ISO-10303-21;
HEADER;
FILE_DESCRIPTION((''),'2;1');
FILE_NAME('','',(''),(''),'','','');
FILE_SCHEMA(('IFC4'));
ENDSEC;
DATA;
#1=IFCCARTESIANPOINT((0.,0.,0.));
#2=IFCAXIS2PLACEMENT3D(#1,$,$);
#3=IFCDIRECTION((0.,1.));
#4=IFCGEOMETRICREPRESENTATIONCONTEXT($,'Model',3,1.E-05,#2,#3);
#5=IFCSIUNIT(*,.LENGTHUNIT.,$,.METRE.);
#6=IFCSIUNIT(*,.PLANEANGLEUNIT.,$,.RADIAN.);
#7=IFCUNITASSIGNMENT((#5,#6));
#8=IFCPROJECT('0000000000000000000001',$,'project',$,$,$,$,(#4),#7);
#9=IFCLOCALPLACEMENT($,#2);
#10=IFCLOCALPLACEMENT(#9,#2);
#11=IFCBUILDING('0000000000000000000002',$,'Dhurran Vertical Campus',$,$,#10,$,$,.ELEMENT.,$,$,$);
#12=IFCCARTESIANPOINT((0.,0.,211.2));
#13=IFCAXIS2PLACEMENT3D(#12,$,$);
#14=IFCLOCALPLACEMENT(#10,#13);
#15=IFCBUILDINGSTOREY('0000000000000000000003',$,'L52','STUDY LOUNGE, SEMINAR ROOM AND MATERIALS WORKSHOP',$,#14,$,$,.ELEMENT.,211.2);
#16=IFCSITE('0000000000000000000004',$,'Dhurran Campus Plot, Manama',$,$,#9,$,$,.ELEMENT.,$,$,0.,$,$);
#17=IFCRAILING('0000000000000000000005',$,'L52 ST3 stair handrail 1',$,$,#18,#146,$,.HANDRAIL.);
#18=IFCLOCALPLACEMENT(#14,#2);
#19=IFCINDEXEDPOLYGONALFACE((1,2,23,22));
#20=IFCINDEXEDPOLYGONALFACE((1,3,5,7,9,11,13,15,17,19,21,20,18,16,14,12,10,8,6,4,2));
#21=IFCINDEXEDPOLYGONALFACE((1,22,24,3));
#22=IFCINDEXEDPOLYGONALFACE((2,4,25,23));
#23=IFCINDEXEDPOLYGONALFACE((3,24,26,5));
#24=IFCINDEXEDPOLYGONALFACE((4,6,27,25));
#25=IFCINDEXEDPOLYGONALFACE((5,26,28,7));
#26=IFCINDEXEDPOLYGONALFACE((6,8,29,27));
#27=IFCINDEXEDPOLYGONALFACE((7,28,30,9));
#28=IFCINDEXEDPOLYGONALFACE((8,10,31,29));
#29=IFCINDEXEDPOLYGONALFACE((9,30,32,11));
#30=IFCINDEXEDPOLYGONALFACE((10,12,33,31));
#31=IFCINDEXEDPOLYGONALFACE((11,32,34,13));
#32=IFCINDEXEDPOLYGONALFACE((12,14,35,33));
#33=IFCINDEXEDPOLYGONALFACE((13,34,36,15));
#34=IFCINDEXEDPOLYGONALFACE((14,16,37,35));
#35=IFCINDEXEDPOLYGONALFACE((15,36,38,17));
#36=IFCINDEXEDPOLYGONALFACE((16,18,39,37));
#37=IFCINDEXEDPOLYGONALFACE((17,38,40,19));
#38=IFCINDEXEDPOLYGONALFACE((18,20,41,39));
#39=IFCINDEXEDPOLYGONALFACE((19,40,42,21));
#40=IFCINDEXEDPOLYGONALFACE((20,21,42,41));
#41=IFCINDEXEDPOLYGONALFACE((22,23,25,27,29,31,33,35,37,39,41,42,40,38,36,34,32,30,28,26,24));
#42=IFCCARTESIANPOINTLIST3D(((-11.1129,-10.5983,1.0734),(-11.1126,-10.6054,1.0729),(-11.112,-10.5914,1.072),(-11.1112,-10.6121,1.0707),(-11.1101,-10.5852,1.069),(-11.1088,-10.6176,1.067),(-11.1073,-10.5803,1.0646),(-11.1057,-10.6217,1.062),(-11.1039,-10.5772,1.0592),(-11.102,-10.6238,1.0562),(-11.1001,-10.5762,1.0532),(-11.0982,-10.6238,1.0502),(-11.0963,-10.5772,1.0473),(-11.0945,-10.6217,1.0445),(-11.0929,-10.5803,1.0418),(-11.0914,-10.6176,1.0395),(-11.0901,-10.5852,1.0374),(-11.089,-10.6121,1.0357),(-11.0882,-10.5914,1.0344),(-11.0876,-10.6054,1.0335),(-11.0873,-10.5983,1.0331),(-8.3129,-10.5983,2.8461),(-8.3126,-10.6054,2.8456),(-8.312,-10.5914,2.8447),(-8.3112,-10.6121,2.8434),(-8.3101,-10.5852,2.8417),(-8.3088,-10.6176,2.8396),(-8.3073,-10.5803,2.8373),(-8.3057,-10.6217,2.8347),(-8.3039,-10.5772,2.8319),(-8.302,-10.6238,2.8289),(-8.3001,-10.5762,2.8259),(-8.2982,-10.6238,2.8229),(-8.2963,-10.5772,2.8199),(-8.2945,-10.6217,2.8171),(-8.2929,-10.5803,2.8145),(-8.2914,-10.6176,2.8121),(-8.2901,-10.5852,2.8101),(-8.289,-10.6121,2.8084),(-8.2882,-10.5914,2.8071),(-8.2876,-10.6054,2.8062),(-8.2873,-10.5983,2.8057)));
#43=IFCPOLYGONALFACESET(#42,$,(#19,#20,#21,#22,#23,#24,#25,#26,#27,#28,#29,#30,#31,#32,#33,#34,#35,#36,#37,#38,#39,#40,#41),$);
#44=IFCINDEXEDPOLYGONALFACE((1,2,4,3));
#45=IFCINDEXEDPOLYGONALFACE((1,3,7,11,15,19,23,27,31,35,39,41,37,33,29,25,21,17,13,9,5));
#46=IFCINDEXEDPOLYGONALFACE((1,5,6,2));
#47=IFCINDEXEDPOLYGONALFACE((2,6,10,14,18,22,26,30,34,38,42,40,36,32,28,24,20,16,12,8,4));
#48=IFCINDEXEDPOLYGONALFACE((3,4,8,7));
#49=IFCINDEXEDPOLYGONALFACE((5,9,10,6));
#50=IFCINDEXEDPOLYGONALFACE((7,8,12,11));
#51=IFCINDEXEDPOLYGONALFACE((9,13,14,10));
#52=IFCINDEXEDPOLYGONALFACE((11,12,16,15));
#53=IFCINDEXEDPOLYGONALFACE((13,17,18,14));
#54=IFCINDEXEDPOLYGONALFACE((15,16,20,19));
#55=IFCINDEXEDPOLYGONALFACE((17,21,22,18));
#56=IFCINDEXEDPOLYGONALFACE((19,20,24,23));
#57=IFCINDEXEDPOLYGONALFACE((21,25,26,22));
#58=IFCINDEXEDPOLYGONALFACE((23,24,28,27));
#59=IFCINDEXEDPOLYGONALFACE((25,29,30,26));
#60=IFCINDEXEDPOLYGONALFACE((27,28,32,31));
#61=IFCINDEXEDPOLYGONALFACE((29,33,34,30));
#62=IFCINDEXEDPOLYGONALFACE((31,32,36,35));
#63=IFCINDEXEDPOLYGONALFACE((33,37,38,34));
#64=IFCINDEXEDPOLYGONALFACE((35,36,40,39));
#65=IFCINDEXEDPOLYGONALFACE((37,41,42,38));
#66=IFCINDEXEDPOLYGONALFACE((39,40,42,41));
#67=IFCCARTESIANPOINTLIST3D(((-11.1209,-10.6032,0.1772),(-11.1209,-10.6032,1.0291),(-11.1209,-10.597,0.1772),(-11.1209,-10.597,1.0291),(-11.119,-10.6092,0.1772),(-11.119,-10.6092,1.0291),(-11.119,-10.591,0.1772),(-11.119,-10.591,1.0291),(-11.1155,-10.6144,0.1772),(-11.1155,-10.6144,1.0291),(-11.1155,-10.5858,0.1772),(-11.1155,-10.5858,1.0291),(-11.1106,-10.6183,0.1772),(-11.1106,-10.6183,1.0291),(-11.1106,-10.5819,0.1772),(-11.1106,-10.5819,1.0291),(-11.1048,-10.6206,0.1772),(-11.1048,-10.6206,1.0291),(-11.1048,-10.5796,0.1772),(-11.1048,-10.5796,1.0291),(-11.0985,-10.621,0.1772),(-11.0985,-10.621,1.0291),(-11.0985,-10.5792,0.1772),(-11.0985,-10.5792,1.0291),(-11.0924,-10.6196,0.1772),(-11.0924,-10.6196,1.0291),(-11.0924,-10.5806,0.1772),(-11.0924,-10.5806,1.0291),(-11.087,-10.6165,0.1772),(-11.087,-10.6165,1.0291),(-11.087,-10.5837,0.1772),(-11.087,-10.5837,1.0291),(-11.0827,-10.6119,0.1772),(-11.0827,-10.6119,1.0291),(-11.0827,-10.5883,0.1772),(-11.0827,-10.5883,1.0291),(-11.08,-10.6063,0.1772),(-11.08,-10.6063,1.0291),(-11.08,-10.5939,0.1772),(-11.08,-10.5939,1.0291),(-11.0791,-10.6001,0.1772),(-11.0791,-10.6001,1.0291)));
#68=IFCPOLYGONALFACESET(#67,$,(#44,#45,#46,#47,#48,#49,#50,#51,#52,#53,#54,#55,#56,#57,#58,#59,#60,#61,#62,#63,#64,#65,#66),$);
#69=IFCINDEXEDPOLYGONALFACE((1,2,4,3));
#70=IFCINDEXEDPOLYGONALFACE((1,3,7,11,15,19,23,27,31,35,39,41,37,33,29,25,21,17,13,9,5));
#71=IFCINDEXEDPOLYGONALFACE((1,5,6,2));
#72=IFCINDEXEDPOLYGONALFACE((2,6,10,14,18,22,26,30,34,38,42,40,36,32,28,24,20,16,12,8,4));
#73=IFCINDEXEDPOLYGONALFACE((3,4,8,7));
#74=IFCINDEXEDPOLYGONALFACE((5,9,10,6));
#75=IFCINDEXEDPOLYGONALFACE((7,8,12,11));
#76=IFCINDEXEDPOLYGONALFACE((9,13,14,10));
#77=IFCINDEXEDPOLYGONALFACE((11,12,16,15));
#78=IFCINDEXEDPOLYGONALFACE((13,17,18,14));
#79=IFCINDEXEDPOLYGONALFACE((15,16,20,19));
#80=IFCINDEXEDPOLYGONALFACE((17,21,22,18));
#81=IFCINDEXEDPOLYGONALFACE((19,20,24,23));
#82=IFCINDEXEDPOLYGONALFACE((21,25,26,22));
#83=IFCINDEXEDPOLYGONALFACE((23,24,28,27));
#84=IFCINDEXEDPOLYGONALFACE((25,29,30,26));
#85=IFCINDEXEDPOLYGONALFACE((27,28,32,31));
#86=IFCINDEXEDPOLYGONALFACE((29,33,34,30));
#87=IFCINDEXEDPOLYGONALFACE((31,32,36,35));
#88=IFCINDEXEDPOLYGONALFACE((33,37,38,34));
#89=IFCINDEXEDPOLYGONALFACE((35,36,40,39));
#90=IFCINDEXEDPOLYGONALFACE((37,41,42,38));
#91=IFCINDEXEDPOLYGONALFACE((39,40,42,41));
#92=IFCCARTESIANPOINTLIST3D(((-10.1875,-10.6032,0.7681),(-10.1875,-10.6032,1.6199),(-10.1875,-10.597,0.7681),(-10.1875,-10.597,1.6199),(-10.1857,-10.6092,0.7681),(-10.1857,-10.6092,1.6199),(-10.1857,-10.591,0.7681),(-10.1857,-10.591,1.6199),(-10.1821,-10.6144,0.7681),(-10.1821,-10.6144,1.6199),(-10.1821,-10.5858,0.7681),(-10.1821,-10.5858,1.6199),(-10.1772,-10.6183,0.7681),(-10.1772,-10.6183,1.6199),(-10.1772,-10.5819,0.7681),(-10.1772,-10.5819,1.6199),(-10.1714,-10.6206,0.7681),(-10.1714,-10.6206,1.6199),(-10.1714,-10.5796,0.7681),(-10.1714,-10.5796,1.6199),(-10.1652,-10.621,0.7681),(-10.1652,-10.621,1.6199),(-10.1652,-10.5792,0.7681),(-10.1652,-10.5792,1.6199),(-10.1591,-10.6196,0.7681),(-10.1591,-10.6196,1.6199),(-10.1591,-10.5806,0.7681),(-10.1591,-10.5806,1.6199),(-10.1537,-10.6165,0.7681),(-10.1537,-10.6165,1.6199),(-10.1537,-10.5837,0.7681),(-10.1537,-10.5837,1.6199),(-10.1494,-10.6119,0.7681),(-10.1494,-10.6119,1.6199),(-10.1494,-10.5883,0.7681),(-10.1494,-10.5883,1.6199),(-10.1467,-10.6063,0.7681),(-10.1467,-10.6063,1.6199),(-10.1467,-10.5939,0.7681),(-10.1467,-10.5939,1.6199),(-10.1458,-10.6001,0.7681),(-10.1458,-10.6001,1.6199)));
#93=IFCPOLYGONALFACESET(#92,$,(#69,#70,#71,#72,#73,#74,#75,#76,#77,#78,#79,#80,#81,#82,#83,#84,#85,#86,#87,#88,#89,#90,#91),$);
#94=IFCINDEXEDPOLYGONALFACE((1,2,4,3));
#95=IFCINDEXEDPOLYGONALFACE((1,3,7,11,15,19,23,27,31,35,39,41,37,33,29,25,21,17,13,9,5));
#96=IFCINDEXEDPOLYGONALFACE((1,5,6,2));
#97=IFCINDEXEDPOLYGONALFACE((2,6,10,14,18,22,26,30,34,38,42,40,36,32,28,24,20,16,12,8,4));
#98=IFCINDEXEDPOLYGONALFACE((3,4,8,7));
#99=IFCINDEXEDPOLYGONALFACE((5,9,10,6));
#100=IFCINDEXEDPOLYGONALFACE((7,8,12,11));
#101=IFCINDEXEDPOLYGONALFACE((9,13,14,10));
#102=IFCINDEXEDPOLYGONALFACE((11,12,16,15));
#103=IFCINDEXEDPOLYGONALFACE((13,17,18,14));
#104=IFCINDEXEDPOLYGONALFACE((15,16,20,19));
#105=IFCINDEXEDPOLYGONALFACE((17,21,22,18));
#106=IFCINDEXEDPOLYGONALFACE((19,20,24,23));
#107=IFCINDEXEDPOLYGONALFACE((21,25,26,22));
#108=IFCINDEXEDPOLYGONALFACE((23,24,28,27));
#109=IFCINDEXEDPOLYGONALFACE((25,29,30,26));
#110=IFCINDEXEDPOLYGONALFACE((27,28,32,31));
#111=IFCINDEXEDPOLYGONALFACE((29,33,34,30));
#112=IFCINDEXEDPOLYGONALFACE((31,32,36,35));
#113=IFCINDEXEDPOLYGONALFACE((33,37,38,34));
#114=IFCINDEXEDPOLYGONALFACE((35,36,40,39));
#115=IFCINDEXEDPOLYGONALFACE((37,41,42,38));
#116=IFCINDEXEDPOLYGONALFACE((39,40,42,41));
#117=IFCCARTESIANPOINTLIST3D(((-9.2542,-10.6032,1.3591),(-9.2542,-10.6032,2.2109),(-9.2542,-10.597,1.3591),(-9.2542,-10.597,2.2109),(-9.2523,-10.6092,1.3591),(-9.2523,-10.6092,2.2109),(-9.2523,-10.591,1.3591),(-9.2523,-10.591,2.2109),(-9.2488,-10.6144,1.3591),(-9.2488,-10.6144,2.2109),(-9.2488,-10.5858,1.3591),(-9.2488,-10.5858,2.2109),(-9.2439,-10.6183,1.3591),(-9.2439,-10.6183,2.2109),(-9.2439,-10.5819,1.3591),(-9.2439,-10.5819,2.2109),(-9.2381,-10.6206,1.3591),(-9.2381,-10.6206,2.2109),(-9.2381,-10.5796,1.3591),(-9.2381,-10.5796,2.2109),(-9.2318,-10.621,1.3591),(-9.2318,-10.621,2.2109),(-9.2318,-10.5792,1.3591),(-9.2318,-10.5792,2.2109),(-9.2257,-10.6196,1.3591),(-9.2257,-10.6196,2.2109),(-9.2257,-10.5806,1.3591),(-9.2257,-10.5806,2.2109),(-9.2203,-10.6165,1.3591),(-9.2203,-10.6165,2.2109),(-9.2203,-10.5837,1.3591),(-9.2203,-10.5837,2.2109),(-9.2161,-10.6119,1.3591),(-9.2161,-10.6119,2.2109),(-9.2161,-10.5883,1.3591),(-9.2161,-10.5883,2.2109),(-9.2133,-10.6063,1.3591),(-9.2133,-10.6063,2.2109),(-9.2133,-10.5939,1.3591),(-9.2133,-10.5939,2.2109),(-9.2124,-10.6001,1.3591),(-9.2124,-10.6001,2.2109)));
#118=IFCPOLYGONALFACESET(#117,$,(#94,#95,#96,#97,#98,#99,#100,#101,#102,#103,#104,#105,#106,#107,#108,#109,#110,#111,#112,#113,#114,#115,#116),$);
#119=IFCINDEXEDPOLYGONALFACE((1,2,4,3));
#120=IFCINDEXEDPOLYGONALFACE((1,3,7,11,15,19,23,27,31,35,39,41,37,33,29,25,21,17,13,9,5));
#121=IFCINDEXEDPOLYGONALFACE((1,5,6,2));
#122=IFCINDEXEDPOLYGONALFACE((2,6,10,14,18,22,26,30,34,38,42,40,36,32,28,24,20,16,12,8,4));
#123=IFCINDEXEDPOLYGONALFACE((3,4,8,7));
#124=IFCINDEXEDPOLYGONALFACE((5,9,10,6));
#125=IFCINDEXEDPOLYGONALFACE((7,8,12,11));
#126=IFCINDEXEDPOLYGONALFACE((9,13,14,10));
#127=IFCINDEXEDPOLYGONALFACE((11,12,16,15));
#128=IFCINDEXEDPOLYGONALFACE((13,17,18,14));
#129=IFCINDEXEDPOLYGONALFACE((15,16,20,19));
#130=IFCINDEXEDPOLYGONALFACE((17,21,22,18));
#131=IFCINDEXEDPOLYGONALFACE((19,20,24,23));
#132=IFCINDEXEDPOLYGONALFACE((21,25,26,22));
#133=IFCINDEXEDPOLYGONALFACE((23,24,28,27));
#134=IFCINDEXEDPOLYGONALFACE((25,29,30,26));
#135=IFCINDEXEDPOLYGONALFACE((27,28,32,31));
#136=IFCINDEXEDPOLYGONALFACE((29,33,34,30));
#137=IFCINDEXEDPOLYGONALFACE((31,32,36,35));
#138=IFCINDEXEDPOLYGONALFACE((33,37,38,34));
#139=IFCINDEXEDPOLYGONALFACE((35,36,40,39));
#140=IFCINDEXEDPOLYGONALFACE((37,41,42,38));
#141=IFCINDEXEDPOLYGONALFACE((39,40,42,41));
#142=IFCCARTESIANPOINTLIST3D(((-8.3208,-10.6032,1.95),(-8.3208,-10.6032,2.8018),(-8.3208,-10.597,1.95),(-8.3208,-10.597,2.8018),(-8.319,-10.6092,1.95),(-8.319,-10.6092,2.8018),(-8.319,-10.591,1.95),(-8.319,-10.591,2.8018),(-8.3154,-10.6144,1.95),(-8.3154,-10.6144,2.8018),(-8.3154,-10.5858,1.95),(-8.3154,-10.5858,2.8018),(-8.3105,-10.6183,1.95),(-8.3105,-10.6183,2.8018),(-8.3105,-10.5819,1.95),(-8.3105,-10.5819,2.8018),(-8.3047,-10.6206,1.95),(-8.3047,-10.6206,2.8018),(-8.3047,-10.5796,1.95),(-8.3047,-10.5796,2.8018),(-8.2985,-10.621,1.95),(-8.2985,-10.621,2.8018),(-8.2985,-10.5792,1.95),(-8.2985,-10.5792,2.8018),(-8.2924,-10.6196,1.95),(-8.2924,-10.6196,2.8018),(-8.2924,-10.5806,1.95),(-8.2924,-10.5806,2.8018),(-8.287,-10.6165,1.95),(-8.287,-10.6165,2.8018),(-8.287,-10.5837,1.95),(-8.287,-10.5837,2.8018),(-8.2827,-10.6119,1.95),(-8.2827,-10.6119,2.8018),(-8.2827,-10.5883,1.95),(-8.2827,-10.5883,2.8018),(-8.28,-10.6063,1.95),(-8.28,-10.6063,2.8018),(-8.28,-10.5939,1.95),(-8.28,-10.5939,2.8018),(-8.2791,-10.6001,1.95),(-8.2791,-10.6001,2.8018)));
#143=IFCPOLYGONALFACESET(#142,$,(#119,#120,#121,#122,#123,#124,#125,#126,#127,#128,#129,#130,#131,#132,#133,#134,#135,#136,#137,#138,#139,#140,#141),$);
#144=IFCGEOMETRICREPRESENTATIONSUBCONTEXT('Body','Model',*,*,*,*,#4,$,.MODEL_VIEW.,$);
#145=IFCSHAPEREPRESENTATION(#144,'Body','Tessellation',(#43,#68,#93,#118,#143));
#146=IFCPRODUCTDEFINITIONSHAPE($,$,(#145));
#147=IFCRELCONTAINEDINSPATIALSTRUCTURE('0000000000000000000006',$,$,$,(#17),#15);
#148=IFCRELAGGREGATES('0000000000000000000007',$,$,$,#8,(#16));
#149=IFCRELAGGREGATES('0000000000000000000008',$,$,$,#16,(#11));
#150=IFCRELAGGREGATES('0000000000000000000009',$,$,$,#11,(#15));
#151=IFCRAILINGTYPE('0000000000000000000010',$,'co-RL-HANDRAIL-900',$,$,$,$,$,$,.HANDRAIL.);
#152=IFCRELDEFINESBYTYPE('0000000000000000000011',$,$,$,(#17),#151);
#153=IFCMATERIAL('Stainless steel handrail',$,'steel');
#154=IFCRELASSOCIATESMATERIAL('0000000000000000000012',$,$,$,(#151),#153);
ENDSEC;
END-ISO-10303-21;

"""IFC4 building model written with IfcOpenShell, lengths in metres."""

from ifc_helpers import new_model, si_unit, direction, frame, origin, origin_2d, place, context, subcontext, project, spatial, circle, extrude, material, type_object, element, save


model = new_model("IFC4")

# Units and contexts
model_context = context("Model", 3, precision=1e-05, world=origin(), true_north=direction((0.0, 1.0)))
body_context = subcontext(model_context, "Body", "Model", "MODEL_VIEW")
ifc_project = project(units=[si_unit("LENGTHUNIT", "METRE"), si_unit("PLANEANGLEUNIT", "RADIAN")], contexts=[model_context])

# Site, building, storey
site_placement = place(None, origin())
site = spatial("IfcSite", under=ifc_project, at=site_placement, Name="Dhurran Campus Plot, Manama", CompositionType="ELEMENT", RefElevation=0.0)
building_placement = place(site_placement, origin())
building = spatial("IfcBuilding", under=site, at=building_placement, Name="Dhurran Vertical Campus", CompositionType="ELEMENT")
storey_placement = place(building_placement, frame((0.0, 0.0, 211.2)))
storey = spatial("IfcBuildingStorey", under=building, at=storey_placement, Name="L52", Description="STUDY LOUNGE, SEMINAR ROOM AND MATERIALS WORKSHOP", CompositionType="ELEMENT", Elevation=211.2)

# Railing
ifc_material_1 = material(Name="Stainless steel handrail", Category="steel")
railing_type_1 = type_object("IfcRailingType", Name="co-RL-HANDRAIL-900", PredefinedType="HANDRAIL", material=ifc_material_1)
railing_1_placement = place(storey_placement, frame((-11.1001, -10.6001, 0.1772)))
element("IfcRailing", 1, at=railing_1_placement, inside=storey, type_object=railing_type_1, Name="L52 ST3 stair handrail 1", PredefinedType="HANDRAIL", context=body_context, shape_type="SweptSolid", body=[
    extrude(circle(Radius=0.0239, at=origin_2d()), frame((0.0, 0.0, 0.876), z_axis=(0.844909, 0.0, 0.53491), x_axis=(0.0, 1.0, 0.0)), (0.0, 0.0, 1.0), 3.314),
    extrude(circle(Radius=0.021, at=origin_2d()), origin(), (0.0, 0.0, 1.0), 0.8518),
    extrude(circle(Radius=0.021, at=origin_2d()), frame((0.9333, 0.0, 0.5908)), (0.0, 0.0, 1.0), 0.8518),
    extrude(circle(Radius=0.021, at=origin_2d()), frame((1.8667, 0.0, 1.1819)), (0.0, 0.0, 1.0), 0.8518),
    extrude(circle(Radius=0.021, at=origin_2d()), frame((2.8, 0.0, 1.7727)), (0.0, 0.0, 1.0), 0.8518),
])

save(model, "model.ifc")
